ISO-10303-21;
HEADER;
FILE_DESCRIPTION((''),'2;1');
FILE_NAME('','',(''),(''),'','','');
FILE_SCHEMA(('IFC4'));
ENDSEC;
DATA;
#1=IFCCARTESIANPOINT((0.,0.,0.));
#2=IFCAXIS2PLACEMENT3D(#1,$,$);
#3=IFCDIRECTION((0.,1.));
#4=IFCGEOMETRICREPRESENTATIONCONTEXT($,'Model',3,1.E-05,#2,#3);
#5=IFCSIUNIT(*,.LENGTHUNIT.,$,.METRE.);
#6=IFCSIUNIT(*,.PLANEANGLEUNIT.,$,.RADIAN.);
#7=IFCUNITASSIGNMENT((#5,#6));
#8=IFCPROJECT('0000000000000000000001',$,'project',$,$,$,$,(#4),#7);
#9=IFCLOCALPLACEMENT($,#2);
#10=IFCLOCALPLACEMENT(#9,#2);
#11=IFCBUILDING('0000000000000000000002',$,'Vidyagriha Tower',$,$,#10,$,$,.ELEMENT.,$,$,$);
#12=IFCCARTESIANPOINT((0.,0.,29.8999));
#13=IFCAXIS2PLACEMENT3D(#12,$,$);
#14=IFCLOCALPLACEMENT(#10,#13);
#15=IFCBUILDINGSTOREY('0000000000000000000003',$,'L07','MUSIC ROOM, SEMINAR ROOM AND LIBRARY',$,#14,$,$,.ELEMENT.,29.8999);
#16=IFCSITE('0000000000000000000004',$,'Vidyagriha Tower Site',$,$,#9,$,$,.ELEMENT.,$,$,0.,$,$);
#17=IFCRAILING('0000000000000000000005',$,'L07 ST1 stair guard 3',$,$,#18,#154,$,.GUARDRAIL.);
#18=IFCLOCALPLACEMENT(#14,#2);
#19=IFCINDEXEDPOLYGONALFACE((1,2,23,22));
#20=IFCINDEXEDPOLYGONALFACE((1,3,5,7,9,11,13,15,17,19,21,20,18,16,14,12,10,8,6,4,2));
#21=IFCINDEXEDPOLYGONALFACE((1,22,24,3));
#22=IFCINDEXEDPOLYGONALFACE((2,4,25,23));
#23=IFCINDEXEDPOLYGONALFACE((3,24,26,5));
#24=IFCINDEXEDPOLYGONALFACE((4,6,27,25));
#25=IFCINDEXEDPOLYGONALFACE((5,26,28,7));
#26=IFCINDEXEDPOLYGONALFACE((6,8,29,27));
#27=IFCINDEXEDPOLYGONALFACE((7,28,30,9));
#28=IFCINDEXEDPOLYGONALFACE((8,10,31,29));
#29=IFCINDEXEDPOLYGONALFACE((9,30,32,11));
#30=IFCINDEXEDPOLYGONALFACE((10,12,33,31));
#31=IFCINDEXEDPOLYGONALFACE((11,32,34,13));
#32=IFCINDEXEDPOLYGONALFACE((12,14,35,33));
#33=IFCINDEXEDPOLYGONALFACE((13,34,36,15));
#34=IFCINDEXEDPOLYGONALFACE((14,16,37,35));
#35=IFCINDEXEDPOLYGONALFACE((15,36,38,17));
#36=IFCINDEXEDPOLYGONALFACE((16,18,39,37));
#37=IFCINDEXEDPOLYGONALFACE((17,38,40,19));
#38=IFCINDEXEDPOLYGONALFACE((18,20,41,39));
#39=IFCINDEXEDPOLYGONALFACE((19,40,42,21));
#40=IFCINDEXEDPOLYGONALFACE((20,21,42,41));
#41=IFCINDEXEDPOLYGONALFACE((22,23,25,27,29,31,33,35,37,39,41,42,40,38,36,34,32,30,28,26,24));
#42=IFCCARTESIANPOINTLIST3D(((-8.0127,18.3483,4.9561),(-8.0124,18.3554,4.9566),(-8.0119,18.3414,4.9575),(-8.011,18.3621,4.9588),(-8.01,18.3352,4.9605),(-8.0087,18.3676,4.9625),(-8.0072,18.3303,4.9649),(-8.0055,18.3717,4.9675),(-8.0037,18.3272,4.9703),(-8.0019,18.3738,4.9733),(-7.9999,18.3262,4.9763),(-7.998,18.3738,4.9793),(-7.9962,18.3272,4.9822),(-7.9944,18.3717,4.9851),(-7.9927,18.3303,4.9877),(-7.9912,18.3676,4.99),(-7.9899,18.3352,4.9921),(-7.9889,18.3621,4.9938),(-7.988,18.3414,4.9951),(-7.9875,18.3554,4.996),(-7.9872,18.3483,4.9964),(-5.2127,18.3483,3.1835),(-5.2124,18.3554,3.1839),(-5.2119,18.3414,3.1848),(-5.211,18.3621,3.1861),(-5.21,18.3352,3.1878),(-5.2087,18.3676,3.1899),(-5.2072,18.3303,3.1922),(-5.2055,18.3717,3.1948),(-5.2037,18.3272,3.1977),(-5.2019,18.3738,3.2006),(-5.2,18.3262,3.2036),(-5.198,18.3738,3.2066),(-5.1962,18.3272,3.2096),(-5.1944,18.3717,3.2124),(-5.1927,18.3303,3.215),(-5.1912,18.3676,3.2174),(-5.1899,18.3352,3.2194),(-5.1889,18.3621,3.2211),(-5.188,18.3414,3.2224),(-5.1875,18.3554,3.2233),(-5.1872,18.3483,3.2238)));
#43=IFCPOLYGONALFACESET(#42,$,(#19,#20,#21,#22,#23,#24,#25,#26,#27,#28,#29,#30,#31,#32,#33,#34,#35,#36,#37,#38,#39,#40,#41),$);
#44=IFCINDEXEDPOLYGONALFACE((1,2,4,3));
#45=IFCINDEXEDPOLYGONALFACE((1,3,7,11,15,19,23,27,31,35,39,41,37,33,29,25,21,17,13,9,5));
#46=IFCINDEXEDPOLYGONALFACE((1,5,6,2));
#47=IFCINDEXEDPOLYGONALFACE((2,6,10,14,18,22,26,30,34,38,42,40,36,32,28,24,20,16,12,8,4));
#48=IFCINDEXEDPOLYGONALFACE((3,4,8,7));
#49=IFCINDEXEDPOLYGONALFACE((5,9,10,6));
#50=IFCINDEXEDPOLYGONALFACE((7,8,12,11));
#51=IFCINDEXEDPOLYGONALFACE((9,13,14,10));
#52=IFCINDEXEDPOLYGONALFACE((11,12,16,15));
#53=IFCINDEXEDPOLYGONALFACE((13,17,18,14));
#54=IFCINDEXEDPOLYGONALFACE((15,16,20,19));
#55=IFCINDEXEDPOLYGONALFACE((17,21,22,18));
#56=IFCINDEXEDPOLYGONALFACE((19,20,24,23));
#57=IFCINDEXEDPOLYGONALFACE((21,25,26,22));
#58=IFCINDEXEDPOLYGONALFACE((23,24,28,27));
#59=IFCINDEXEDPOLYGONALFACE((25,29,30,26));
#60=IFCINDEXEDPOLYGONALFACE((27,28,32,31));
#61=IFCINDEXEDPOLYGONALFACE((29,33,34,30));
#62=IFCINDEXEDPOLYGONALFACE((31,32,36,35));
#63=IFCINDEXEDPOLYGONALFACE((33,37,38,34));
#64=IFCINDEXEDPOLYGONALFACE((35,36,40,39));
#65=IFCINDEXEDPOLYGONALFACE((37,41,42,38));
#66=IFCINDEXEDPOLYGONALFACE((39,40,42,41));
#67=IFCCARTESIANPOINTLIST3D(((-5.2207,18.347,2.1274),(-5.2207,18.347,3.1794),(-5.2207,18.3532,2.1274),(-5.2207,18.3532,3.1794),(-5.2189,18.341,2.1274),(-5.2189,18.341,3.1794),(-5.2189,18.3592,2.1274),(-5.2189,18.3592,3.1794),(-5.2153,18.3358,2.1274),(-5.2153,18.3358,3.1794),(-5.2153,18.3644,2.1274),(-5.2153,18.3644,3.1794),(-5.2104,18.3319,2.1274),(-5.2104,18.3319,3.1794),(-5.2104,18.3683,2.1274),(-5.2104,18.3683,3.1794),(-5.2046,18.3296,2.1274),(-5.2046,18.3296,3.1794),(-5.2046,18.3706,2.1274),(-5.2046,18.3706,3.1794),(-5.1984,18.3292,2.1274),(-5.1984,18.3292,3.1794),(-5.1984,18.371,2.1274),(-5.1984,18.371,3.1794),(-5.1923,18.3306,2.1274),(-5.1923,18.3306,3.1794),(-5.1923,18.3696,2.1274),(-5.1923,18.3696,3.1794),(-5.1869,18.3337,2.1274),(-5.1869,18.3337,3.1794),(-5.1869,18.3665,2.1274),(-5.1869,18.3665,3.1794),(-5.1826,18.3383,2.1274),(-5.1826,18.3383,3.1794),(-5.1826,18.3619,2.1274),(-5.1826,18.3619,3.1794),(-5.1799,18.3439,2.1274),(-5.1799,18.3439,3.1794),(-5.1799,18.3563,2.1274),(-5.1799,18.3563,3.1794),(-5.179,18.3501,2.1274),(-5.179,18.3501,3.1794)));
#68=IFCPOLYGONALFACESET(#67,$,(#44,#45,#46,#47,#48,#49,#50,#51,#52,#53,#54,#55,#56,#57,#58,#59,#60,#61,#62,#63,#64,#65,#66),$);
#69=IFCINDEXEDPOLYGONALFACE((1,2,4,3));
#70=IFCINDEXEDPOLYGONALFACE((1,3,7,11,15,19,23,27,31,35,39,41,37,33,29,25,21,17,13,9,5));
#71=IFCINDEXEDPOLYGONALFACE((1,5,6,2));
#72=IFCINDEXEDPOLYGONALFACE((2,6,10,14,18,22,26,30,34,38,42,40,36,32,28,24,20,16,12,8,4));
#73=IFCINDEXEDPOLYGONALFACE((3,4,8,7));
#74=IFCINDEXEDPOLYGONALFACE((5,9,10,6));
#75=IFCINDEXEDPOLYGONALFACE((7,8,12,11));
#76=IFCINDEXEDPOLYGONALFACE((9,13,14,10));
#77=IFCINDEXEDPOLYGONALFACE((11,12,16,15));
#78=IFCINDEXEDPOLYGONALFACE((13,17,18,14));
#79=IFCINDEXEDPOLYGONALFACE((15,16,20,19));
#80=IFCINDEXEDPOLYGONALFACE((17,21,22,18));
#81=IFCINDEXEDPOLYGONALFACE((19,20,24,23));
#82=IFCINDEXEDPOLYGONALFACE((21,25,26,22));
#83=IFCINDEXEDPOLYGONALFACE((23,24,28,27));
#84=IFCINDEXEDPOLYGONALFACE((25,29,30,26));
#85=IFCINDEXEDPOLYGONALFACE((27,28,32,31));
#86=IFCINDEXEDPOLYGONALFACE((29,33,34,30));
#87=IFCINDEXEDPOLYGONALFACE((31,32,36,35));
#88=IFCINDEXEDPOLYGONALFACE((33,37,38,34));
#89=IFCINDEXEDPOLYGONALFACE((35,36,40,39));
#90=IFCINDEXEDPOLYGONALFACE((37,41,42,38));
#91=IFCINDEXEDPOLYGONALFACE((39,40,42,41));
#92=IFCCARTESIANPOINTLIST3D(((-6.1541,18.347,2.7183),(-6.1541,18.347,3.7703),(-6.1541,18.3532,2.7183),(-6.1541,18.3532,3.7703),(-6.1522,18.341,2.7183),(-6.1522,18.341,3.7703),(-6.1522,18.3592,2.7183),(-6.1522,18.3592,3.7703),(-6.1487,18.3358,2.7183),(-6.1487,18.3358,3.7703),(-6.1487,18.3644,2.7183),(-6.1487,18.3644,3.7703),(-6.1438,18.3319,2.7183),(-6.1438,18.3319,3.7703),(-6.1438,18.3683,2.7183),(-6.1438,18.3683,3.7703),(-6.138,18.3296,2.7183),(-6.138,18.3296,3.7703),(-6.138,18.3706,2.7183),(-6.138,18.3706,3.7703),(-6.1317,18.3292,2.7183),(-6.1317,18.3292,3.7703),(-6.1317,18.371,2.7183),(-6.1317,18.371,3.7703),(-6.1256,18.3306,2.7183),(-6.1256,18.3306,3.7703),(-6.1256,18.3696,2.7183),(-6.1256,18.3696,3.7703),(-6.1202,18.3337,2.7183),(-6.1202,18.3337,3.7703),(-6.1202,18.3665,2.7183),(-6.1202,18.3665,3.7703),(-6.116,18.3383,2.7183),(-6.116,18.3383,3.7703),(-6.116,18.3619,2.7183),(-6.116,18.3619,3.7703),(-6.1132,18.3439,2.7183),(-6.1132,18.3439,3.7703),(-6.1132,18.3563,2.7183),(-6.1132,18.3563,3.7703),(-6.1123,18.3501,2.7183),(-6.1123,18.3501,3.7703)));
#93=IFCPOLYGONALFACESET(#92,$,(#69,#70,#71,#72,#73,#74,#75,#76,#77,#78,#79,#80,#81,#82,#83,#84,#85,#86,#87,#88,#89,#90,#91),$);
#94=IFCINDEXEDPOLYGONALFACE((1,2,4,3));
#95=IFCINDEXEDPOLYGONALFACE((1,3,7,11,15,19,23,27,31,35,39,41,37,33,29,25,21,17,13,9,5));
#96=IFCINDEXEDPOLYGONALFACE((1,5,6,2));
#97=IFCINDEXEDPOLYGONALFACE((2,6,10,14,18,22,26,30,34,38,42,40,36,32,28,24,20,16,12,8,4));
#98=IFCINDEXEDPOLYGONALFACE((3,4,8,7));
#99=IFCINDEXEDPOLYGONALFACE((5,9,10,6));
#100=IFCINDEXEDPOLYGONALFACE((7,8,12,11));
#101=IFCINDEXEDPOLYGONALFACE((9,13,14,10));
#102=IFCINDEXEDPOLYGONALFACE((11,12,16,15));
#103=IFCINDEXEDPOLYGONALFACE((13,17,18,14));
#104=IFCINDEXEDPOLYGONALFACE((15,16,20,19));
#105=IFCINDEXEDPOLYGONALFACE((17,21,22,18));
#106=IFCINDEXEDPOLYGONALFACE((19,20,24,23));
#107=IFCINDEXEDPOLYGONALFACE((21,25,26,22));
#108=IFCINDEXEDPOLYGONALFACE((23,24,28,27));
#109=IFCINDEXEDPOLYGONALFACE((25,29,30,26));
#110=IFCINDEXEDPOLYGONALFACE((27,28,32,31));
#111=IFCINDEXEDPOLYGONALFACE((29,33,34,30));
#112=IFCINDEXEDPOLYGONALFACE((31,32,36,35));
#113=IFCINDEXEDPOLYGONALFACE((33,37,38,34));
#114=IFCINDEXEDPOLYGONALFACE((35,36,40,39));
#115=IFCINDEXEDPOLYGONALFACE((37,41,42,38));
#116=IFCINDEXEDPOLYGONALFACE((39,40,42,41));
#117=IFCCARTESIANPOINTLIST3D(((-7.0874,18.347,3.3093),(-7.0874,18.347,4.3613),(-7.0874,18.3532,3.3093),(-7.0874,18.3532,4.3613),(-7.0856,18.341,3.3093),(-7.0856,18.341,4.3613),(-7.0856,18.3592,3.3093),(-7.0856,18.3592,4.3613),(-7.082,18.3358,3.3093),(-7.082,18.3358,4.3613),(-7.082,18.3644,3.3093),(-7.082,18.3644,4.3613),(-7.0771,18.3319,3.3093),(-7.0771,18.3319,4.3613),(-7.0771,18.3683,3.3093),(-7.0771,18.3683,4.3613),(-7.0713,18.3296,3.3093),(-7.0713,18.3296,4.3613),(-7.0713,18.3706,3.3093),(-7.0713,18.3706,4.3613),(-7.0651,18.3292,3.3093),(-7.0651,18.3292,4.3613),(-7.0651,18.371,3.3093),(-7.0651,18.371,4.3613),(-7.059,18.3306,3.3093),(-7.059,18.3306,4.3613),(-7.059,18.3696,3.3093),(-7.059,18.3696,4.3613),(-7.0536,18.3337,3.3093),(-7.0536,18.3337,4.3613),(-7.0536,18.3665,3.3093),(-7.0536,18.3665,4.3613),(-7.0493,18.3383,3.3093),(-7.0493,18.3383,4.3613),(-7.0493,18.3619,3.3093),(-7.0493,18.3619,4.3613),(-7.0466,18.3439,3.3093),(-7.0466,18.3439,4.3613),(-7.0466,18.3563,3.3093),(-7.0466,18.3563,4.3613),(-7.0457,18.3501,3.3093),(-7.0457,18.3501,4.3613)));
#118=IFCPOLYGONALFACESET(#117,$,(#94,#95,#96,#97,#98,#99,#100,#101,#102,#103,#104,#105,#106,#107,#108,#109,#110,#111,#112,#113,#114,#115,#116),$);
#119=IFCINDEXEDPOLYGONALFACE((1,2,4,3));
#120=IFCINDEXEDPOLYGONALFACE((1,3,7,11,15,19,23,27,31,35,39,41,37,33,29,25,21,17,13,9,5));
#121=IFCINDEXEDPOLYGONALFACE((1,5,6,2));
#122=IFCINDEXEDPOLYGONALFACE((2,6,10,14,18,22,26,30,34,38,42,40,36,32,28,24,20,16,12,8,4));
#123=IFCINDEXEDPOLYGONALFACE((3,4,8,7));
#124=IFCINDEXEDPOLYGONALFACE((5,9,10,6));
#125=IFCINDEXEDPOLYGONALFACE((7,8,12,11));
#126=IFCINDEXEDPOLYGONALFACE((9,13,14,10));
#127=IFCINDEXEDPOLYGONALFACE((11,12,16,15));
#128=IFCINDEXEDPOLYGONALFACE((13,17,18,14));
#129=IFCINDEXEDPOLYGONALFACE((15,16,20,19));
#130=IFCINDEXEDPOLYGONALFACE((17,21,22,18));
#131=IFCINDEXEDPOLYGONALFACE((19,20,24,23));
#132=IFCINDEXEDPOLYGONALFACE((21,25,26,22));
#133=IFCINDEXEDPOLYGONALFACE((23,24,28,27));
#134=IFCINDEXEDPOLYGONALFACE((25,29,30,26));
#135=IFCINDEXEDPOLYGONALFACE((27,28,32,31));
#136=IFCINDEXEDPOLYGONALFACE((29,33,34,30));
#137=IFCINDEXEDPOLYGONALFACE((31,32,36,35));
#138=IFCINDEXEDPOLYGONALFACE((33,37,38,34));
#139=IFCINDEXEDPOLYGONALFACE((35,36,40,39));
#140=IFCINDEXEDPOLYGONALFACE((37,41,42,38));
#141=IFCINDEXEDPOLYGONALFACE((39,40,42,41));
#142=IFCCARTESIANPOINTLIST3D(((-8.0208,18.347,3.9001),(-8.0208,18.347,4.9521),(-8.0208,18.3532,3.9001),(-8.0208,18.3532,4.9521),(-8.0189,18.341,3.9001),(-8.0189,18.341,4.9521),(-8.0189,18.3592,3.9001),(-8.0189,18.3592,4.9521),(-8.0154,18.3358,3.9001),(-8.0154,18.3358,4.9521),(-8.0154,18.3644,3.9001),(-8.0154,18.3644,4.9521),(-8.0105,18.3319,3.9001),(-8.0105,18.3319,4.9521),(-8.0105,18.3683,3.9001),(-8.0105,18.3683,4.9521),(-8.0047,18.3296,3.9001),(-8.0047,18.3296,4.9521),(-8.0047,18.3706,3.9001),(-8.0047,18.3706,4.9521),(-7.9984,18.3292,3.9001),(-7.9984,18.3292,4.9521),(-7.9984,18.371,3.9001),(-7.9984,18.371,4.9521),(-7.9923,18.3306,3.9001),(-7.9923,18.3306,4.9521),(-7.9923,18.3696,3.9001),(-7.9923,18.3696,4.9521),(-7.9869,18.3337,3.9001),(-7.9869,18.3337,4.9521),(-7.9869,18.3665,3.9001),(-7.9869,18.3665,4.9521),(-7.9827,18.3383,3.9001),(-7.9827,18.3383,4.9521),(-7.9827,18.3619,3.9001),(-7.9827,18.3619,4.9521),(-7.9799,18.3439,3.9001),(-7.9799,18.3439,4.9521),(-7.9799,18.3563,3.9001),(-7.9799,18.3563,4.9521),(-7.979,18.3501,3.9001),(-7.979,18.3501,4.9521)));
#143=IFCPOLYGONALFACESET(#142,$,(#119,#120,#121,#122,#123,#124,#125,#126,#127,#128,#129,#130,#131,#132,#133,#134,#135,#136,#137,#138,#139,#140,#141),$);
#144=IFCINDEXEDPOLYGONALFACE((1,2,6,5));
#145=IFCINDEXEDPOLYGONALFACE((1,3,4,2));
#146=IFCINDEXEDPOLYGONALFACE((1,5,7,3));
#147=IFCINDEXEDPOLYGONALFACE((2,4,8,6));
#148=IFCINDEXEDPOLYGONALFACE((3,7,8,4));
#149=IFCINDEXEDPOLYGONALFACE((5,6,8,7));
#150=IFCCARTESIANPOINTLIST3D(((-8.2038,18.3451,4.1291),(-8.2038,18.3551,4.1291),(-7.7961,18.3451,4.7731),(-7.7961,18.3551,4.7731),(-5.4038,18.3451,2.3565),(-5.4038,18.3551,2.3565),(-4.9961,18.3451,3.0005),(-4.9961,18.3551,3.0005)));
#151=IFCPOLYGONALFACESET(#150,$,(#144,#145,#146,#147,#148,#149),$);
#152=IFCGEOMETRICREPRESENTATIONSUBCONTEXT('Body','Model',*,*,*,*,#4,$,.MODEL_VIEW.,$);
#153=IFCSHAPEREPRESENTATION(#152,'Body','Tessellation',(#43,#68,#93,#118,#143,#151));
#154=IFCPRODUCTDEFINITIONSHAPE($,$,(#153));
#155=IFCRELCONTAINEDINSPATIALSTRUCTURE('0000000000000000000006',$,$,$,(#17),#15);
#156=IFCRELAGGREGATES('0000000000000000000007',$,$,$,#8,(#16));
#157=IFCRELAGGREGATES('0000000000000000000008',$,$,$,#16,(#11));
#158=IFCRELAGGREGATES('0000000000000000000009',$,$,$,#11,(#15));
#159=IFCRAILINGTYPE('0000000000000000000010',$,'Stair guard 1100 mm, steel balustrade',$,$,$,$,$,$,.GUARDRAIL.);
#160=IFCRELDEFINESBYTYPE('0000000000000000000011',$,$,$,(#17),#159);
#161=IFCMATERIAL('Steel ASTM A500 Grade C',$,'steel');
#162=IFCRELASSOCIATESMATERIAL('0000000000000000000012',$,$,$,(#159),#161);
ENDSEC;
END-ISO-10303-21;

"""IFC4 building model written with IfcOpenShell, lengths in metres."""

from ifc_helpers import new_model, si_unit, direction, frame, origin, origin_2d, place, context, subcontext, project, spatial, rectangle, circle, extrude, material, type_object, element, save


model = new_model("IFC4")

# Units and contexts
model_context = context("Model", 3, precision=1e-05, world=origin(), true_north=direction((0.0, 1.0)))
body_context = subcontext(model_context, "Body", "Model", "MODEL_VIEW")
ifc_project = project(units=[si_unit("LENGTHUNIT", "METRE"), si_unit("PLANEANGLEUNIT", "RADIAN")], contexts=[model_context])

# Site, building, storey
site_placement = place(None, origin())
site = spatial("IfcSite", under=ifc_project, at=site_placement, Name="Vidyagriha Tower Site", CompositionType="ELEMENT", RefElevation=0.0)
building_placement = place(site_placement, origin())
building = spatial("IfcBuilding", under=site, at=building_placement, Name="Vidyagriha Tower", CompositionType="ELEMENT")
storey_placement = place(building_placement, frame((0.0, 0.0, 29.8999)))
storey = spatial("IfcBuildingStorey", under=building, at=storey_placement, Name="L07", Description="MUSIC ROOM, SEMINAR ROOM AND LIBRARY", CompositionType="ELEMENT", Elevation=29.8999)

# Railing
ifc_material_1 = material(Name="Steel ASTM A500 Grade C", Category="steel")
railing_type_1 = type_object("IfcRailingType", Name="Stair guard 1100 mm, steel balustrade", PredefinedType="GUARDRAIL", material=ifc_material_1)
railing_1_placement = place(storey_placement, frame((-5.2, 18.3501, 2.1274)))
element("IfcRailing", 1, at=railing_1_placement, inside=storey, type_object=railing_type_1, Name="L07 ST1 stair guard 3", PredefinedType="GUARDRAIL", context=body_context, shape_type="SweptSolid", body=[
    extrude(circle(Radius=0.0239, at=origin_2d()), frame((0.0, 0.0, 1.0762), z_axis=(-0.844909, 0.0, 0.53491), x_axis=(0.0, -1.0, 0.0)), (0.0, 0.0, 1.0), 3.314),
    extrude(circle(Radius=0.021, at=origin_2d()), origin(), (0.0, 0.0, 1.0), 1.052),
    extrude(circle(Radius=0.021, at=origin_2d()), frame((-0.9333, 0.0, 0.5908)), (0.0, 0.0, 1.0), 1.052),
    extrude(circle(Radius=0.021, at=origin_2d()), frame((-1.8667, 0.0, 1.1819)), (0.0, 0.0, 1.0), 1.052),
    extrude(circle(Radius=0.021, at=origin_2d()), frame((-2.8, 0.0, 1.7727)), (0.0, 0.0, 1.0), 1.052),
    extrude(rectangle(XDim=0.01, YDim=0.7622, at=origin_2d()), frame((0.0, 0.0, 0.551), z_axis=(-0.844909, 0.0, 0.53491), x_axis=(0.0, -1.0, 0.0)), (0.0, 0.0, 1.0), 3.314),
])

save(model, "model.ifc")
